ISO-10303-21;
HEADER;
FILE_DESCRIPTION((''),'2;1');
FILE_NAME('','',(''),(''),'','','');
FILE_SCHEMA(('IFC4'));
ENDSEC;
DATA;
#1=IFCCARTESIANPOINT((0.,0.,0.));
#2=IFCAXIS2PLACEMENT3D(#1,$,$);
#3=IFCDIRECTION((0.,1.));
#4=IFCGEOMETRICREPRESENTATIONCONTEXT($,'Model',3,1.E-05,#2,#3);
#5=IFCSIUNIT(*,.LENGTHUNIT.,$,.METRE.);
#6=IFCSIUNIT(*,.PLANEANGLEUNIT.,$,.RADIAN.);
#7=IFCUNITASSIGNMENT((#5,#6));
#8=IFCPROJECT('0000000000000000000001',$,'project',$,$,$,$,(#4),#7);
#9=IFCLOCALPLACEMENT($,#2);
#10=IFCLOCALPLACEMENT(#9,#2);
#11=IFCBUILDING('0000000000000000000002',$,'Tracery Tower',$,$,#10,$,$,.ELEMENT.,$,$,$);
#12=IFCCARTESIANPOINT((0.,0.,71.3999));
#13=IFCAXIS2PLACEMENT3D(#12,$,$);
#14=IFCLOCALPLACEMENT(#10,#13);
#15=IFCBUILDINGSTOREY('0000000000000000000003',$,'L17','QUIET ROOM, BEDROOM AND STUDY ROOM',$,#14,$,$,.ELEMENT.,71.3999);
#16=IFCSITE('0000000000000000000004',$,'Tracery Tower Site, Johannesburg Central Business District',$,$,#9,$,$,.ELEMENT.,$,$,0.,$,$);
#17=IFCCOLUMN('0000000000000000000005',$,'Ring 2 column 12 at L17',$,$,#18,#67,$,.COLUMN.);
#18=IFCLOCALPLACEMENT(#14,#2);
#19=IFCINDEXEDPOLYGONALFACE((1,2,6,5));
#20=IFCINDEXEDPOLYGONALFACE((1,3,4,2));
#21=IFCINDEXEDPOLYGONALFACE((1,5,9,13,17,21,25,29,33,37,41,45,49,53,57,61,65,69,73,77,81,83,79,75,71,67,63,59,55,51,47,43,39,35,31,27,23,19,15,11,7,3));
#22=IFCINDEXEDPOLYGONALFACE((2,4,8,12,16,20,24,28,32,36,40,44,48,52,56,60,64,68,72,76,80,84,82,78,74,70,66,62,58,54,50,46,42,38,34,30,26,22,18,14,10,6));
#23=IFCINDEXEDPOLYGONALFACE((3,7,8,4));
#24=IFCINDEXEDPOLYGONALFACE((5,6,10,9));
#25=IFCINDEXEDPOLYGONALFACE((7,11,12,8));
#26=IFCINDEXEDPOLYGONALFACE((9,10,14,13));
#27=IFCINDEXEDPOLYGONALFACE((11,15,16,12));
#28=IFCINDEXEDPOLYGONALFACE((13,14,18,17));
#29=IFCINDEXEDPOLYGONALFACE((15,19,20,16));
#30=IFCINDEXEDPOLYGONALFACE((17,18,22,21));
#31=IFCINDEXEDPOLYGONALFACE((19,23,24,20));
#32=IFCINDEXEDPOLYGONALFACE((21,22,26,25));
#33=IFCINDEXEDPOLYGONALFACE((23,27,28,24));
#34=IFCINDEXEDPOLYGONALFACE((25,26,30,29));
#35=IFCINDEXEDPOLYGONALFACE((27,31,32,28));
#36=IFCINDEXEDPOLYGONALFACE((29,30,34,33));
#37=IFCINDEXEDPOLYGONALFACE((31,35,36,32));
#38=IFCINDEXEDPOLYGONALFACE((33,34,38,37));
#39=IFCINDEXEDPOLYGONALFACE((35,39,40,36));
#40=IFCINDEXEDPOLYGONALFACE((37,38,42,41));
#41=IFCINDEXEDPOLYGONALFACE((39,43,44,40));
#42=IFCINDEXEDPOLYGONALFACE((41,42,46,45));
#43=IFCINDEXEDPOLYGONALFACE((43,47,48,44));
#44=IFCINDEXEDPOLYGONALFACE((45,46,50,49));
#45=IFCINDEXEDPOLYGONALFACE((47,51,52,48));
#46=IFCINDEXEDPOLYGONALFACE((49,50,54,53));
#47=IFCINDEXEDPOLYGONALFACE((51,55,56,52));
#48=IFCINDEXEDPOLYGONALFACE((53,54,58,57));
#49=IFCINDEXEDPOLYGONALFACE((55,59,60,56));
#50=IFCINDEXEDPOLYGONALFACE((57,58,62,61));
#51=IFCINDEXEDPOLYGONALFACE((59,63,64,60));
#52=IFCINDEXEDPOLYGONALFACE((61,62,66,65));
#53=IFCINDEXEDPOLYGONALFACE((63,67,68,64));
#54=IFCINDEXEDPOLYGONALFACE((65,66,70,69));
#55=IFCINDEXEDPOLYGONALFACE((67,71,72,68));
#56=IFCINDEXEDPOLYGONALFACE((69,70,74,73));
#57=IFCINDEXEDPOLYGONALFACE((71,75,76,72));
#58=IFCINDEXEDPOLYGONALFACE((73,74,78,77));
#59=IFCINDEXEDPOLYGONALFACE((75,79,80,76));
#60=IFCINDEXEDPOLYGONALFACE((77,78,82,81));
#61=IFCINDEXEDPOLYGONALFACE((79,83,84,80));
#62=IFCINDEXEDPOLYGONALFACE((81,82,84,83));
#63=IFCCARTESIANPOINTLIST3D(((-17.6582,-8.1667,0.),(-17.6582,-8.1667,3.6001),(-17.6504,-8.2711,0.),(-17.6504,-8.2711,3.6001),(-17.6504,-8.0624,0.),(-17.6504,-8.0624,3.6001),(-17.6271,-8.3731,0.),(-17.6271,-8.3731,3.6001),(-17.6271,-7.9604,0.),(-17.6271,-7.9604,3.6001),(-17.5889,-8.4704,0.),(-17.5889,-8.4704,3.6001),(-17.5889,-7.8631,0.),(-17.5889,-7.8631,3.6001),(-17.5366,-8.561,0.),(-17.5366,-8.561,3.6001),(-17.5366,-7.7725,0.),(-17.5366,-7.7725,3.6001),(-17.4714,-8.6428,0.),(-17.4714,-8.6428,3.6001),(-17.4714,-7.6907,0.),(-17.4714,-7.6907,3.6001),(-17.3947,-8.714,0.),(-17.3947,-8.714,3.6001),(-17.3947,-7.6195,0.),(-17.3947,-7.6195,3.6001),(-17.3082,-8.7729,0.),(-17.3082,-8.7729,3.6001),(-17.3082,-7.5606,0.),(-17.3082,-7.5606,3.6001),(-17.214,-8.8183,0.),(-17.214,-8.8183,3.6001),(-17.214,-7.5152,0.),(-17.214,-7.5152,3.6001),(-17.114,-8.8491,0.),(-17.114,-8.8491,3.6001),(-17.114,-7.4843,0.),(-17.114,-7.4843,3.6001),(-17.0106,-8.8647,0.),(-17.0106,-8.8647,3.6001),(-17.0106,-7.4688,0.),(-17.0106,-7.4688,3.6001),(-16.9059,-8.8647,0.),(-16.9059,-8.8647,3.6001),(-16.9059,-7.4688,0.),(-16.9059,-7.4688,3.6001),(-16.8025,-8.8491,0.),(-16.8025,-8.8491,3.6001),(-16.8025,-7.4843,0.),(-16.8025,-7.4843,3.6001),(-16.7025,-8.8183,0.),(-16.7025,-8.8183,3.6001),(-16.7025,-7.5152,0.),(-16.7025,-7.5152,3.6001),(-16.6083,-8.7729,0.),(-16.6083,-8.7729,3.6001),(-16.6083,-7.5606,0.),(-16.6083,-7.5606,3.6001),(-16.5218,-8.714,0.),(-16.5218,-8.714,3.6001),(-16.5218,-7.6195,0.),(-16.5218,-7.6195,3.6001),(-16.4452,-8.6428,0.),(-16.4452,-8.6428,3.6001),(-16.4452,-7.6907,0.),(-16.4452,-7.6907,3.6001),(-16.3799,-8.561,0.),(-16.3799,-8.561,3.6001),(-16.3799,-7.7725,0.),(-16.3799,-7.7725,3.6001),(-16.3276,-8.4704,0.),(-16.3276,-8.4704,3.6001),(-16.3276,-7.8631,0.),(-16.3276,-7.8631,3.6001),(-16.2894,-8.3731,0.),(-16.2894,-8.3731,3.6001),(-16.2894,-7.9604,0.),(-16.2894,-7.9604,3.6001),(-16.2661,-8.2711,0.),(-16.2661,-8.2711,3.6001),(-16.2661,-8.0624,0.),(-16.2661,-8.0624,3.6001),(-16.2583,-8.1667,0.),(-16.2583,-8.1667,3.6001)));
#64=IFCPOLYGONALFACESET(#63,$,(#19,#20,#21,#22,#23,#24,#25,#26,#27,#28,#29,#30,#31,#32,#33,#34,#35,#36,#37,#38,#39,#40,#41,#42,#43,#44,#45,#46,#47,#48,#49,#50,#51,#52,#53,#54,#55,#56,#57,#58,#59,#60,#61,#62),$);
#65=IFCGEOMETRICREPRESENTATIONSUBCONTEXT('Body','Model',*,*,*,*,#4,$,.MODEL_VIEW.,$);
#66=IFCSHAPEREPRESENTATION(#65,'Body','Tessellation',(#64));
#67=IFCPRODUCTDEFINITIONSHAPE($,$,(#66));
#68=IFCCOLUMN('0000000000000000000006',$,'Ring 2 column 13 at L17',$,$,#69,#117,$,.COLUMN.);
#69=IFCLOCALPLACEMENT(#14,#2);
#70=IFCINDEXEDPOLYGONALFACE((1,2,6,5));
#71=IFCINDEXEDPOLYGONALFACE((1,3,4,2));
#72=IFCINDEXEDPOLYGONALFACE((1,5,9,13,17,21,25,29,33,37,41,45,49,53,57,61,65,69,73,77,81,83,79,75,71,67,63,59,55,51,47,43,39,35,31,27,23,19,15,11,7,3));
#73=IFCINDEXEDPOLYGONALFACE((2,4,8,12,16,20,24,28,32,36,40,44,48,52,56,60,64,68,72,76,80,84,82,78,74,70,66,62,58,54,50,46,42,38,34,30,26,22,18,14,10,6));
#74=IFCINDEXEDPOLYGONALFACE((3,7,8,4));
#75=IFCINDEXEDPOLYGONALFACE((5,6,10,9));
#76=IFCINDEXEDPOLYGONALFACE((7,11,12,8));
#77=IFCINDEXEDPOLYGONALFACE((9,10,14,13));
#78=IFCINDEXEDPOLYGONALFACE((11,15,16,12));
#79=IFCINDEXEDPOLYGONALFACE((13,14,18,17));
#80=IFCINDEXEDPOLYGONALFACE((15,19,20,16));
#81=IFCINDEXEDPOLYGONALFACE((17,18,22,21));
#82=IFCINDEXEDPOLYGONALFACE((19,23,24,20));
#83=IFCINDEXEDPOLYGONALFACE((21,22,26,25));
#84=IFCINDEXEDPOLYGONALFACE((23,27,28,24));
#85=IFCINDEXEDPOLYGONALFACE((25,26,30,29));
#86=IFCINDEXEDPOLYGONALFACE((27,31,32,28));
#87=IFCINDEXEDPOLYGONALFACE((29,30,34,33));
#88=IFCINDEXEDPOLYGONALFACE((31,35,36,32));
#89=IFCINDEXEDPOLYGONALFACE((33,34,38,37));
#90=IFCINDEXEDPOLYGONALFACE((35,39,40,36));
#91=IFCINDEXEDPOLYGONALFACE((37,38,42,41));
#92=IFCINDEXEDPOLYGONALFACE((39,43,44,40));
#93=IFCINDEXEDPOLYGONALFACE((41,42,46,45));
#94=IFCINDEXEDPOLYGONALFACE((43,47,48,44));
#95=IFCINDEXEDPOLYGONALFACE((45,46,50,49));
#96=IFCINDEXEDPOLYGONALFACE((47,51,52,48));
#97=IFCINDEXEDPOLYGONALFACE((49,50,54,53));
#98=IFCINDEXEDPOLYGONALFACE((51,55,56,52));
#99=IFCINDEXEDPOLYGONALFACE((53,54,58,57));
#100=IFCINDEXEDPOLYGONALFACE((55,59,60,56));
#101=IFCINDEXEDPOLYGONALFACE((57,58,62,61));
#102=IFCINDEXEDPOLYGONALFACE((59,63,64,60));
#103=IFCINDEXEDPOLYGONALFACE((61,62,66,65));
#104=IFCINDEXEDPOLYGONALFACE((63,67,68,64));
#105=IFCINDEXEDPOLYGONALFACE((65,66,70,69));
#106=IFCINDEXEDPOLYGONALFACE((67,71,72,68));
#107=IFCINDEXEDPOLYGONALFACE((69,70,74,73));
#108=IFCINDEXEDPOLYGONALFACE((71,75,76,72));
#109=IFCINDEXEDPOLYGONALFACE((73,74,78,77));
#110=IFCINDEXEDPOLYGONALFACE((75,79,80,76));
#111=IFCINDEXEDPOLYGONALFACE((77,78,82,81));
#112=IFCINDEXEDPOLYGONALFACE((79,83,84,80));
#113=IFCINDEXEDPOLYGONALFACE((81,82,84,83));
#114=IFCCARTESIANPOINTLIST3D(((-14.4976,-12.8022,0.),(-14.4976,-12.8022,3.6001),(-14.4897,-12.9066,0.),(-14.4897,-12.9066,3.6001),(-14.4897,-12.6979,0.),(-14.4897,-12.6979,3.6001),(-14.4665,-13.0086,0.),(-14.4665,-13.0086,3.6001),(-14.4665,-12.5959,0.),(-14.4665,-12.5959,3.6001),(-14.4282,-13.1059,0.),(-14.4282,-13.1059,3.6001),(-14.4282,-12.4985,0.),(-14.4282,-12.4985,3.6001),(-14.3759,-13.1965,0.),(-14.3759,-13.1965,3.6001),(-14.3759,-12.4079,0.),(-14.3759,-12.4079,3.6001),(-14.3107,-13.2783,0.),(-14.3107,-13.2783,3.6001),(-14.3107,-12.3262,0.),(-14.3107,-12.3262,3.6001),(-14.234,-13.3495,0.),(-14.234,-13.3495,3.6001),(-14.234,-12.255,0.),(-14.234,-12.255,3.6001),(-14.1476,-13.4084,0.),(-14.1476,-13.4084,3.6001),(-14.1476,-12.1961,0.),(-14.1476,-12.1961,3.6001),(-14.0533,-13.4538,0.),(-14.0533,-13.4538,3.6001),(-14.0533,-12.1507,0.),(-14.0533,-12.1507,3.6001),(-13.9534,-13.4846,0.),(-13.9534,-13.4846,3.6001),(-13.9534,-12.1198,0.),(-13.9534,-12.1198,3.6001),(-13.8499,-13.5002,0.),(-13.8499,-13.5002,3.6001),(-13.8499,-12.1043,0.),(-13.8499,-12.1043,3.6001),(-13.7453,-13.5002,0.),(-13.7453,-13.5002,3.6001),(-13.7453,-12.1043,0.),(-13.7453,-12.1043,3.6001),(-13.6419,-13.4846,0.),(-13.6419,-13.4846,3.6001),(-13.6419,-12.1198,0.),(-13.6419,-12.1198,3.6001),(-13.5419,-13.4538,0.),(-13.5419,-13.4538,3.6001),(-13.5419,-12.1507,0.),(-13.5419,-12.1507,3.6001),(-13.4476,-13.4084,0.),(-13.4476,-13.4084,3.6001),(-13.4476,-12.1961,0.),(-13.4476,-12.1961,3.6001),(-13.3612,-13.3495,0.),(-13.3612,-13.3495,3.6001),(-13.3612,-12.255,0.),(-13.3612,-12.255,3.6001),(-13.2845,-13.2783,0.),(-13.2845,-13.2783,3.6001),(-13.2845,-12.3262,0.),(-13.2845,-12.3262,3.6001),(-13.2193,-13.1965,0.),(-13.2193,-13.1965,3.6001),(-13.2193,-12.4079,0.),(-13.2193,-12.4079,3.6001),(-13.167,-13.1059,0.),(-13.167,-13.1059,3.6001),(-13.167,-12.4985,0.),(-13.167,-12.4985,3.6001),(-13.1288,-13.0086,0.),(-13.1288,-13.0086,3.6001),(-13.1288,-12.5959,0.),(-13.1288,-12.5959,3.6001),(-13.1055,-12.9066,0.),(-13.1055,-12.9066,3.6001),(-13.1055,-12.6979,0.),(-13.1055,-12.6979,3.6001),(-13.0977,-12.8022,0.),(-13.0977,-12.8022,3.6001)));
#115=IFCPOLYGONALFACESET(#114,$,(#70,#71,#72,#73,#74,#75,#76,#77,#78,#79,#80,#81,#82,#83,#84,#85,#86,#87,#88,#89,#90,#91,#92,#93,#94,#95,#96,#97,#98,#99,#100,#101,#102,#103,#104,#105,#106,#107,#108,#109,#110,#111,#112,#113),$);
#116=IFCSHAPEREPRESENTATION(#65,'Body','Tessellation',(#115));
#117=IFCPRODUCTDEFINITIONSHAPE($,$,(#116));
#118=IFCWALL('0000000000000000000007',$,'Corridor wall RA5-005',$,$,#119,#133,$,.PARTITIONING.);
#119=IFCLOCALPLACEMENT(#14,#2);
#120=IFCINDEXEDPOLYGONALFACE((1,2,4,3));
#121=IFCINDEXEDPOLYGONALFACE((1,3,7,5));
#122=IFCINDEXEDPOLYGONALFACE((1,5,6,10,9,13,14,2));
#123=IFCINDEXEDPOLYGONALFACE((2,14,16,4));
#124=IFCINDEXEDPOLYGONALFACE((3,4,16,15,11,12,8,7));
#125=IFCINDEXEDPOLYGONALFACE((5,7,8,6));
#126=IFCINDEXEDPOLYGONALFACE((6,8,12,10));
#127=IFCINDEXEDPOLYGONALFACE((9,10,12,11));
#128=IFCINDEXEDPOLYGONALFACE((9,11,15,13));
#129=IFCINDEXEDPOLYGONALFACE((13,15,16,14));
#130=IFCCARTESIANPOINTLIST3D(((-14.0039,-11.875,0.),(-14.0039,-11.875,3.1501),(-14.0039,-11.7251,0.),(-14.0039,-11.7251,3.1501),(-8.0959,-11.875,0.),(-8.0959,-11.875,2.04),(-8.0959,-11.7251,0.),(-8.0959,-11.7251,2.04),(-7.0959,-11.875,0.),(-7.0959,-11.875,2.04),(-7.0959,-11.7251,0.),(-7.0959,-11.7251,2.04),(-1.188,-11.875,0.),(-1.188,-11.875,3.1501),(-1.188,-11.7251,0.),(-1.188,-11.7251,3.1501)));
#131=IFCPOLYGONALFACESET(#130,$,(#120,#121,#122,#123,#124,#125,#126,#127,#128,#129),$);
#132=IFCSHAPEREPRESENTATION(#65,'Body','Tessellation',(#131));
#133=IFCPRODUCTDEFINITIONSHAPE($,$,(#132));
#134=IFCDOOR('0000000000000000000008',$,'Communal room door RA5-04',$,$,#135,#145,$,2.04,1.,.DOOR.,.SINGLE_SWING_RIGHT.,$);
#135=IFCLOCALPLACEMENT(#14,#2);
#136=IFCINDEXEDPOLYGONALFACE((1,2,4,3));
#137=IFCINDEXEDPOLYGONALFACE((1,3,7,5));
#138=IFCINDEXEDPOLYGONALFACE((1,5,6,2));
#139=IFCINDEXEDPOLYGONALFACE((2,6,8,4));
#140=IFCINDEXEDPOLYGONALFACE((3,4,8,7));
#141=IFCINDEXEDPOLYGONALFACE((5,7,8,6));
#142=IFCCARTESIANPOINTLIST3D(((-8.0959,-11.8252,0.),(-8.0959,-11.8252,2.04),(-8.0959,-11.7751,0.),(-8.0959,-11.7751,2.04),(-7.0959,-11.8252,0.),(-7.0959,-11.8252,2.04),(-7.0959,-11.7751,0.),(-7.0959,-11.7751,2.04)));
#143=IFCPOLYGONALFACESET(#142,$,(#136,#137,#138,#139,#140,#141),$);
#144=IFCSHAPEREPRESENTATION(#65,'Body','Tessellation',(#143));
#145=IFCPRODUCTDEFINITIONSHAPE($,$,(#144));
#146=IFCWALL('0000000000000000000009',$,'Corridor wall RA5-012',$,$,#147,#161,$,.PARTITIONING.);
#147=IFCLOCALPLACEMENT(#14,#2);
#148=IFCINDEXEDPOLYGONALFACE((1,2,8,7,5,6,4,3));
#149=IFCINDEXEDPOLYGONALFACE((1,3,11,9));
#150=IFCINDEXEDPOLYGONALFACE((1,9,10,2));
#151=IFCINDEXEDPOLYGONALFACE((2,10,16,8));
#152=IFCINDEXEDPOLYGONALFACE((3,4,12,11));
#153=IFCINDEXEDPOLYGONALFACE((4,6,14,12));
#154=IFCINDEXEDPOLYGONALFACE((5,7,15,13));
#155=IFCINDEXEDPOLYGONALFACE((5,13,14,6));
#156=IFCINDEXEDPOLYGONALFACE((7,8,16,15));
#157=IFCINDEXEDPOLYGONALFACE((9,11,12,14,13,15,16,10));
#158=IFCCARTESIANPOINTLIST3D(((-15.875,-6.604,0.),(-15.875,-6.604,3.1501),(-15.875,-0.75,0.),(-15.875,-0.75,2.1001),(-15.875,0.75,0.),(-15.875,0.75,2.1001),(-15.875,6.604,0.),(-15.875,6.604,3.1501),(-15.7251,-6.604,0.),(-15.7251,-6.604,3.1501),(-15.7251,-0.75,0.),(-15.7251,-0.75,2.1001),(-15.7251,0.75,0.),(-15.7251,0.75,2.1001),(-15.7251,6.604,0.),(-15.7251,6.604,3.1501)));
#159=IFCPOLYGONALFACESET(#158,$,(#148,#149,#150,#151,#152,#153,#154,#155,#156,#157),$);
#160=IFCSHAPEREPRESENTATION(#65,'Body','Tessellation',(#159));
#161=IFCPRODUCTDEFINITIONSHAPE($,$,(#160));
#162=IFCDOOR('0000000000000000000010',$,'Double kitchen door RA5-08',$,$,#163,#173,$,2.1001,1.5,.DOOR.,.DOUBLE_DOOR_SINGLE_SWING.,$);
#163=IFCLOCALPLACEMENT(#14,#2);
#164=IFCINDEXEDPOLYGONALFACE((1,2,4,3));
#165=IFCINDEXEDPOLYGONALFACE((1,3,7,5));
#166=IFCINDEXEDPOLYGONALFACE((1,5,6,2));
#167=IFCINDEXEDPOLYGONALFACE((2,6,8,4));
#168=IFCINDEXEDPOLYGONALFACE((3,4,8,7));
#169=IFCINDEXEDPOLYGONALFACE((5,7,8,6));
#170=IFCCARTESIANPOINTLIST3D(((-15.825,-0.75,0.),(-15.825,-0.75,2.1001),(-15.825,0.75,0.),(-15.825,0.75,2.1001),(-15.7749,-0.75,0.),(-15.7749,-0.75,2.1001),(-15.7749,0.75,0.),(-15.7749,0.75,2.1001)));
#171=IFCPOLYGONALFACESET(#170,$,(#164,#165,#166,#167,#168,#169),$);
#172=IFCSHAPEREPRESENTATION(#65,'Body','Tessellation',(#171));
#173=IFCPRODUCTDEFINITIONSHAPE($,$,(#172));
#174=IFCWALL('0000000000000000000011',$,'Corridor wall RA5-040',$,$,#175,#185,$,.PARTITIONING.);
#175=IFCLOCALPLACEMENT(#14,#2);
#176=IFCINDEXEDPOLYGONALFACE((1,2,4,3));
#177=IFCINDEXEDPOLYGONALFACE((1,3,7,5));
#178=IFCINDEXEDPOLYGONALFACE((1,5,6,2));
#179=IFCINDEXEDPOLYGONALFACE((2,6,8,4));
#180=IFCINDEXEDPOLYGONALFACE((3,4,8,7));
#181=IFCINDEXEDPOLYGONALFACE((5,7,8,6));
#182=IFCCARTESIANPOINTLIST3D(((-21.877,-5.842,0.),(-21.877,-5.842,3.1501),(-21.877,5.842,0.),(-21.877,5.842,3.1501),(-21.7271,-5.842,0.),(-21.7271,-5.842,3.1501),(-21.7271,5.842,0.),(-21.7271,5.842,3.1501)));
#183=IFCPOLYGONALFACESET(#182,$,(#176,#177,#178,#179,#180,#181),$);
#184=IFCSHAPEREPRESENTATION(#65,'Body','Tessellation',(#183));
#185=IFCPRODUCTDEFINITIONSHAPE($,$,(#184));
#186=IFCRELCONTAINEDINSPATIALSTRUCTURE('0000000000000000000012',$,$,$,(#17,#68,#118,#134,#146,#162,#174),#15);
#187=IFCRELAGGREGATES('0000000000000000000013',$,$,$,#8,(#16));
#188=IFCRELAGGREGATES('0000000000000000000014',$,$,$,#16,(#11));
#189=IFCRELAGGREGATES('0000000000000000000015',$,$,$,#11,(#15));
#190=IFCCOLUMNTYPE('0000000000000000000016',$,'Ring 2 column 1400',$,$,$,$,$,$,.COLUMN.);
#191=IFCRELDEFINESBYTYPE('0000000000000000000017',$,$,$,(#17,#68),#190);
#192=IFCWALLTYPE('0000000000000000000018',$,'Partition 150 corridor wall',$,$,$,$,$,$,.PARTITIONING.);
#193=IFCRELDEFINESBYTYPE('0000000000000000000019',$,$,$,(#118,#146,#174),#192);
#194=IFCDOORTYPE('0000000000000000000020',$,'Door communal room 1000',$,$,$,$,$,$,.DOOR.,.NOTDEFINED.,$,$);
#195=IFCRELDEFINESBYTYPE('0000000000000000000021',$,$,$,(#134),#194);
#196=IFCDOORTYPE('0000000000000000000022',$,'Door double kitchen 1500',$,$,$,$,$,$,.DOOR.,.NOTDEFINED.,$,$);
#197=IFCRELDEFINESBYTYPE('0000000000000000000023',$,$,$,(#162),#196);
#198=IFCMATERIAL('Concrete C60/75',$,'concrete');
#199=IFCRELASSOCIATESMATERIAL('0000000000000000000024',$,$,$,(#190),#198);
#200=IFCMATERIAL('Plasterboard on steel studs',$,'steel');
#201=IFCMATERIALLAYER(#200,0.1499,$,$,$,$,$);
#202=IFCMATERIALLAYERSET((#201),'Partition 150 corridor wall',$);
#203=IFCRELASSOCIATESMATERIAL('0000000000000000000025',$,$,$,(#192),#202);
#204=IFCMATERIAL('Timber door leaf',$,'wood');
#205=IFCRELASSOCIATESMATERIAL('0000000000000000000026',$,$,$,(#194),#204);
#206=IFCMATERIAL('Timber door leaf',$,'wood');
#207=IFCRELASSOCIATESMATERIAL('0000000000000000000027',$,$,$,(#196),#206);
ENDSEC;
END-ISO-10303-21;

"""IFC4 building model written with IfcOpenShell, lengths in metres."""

from ifc_helpers import new_model, si_unit, direction, frame, frame_2d, origin, origin_2d, place, context, subcontext, project, spatial, rectangle, circle, extrude, material, layer, layer_set, material_profile, profile_set, type_object, element, fill, save


model = new_model("IFC4")

# Units and contexts
model_context = context("Model", 3, precision=1e-05, world=origin(), true_north=direction((0.0, 1.0)))
body_context = subcontext(model_context, "Body", "Model", "MODEL_VIEW")
ifc_project = project(units=[si_unit("LENGTHUNIT", "METRE"), si_unit("PLANEANGLEUNIT", "RADIAN")], contexts=[model_context])

# Site, building, storey
site_placement = place(None, origin())
site = spatial("IfcSite", under=ifc_project, at=site_placement, Name="Tracery Tower Site, Johannesburg Central Business District", CompositionType="ELEMENT", RefElevation=0.0)
building_placement = place(site_placement, origin())
building = spatial("IfcBuilding", under=site, at=building_placement, Name="Tracery Tower", CompositionType="ELEMENT")
storey_placement = place(building_placement, frame((0.0, 0.0, 71.3999)))
storey = spatial("IfcBuildingStorey", under=building, at=storey_placement, Name="L17", Description="QUIET ROOM, BEDROOM AND STUDY ROOM", CompositionType="ELEMENT", Elevation=71.3999)

# Columns
ifc_material_1 = material(Name="Concrete C60/75", Category="concrete")
ifc_material_profile_1 = material_profile(ifc_material_1, circle(Radius=0.7, at=origin_2d()), Name="RC D1400")
ifc_profile_set_1 = profile_set([ifc_material_profile_1], Name="Concrete C60/75")
column_type_1 = type_object("IfcColumnType", Name="Ring 2 column 1400", PredefinedType="COLUMN", material=ifc_profile_set_1)
for number, where, z_axis, x_axis, name in (
    (1, (-16.9583, -8.1667, 0.0), (0.0, 0.0, 1.0), (1.0, 0.0, 0.0), "Ring 2 column 12 at L17"),
    (2, (-13.7976, -12.8022, 0.0), (0.0, 0.0, 1.0), (1.0, 0.0, 0.0), "Ring 2 column 13 at L17"),
):
    element("IfcColumn", number, at=place(storey_placement, frame(where, z_axis=z_axis, x_axis=x_axis)), inside=storey, type_object=column_type_1, Name=name, PredefinedType="COLUMN", context=body_context, shape_type="SweptSolid", body=[
        extrude(circle(Radius=0.7, at=origin_2d()), origin(), (0.0, 0.0, 1.0), 3.6001),
    ])

# Walls, openings, doors
ifc_material_2 = material(Name="Plasterboard on steel studs", Category="steel")
ifc_layer_1 = layer(ifc_material_2, 0.1499)
ifc_layer_set_1 = layer_set([ifc_layer_1], Name="Partition 150 corridor wall")
wall_type_1 = type_object("IfcWallType", Name="Partition 150 corridor wall", PredefinedType="PARTITIONING", material=ifc_layer_set_1)
wall_1_placement = place(storey_placement, frame((-14.0039, -11.8, 0.0), z_axis=(0.0, 0.0, 1.0), x_axis=(1.0, 0.0, 0.0)))
wall_1 = element("IfcWall", 3, at=wall_1_placement, inside=storey, type_object=wall_type_1, Name="Corridor wall RA5-005", PredefinedType="PARTITIONING", context=body_context, shape_type="SweptSolid", body=[
    extrude(rectangle(XDim=12.8159, YDim=0.1499, at=frame_2d((6.408, 0.0))), origin(), (0.0, 0.0, 1.0), 3.1501),
])
opening_1_placement = place(wall_1_placement, frame((5.908, 0.0, 0.0)))
opening_1 = element("IfcOpeningElement", 4, at=opening_1_placement, cuts=wall_1, PredefinedType="OPENING", context=body_context, shape_type="SweptSolid", body=[
    extrude(rectangle(XDim=1.0, YDim=2.04, at=frame_2d((0.5, 1.02))), frame((0.0, 0.075, 0.0), z_axis=(0.0, -1.0, 0.0), x_axis=(1.0, 0.0, 0.0)), (0.0, 0.0, 1.0), 0.1499),
])
ifc_material_3 = material(Name="Timber door leaf", Category="wood")
door_type_1 = type_object("IfcDoorType", Name="Door communal room 1000", OperationType="NOTDEFINED", PredefinedType="DOOR", material=ifc_material_3)
door_1_placement = place(opening_1_placement, origin())
door_1 = element("IfcDoor", 5, at=door_1_placement, inside=storey, type_object=door_type_1, Name="Communal room door RA5-04", OperationType="SINGLE_SWING_RIGHT", OverallHeight=2.04, OverallWidth=1.0, PredefinedType="DOOR", context=body_context, shape_type="SweptSolid", body=[
    extrude(rectangle(XDim=1.0, YDim=2.04, at=frame_2d((0.5, 1.02))), frame((0.0, 0.0249, 0.0), z_axis=(0.0, -1.0, 0.0), x_axis=(1.0, 0.0, 0.0)), (0.0, 0.0, 1.0), 0.05),
])
fill(opening_1, door_1)
wall_2_placement = place(storey_placement, frame((-15.8, -6.604, 0.0), z_axis=(0.0, 0.0, 1.0), x_axis=(0.0, 1.0, 0.0)))
wall_2 = element("IfcWall", 6, at=wall_2_placement, inside=storey, type_object=wall_type_1, Name="Corridor wall RA5-012", PredefinedType="PARTITIONING", context=body_context, shape_type="SweptSolid", body=[
    extrude(rectangle(XDim=13.208, YDim=0.1499, at=frame_2d((6.604, 0.0))), origin(), (0.0, 0.0, 1.0), 3.1501),
])
opening_2_placement = place(wall_2_placement, frame((5.854, 0.0, 0.0)))
opening_2 = element("IfcOpeningElement", 7, at=opening_2_placement, cuts=wall_2, PredefinedType="OPENING", context=body_context, shape_type="SweptSolid", body=[
    extrude(rectangle(XDim=1.5, YDim=2.1001, at=frame_2d((0.75, 1.05))), frame((0.0, 0.075, 0.0), z_axis=(0.0, -1.0, 0.0), x_axis=(1.0, 0.0, 0.0)), (0.0, 0.0, 1.0), 0.1499),
])
ifc_material_4 = material(Name="Timber door leaf", Category="wood")
door_type_2 = type_object("IfcDoorType", Name="Door double kitchen 1500", OperationType="NOTDEFINED", PredefinedType="DOOR", material=ifc_material_4)
door_2_placement = place(opening_2_placement, origin())
door_2 = element("IfcDoor", 8, at=door_2_placement, inside=storey, type_object=door_type_2, Name="Double kitchen door RA5-08", OperationType="DOUBLE_DOOR_SINGLE_SWING", OverallHeight=2.1001, OverallWidth=1.5, PredefinedType="DOOR", context=body_context, shape_type="SweptSolid", body=[
    extrude(rectangle(XDim=1.5, YDim=2.1001, at=frame_2d((0.75, 1.05))), frame((0.0, 0.0249, 0.0), z_axis=(0.0, -1.0, 0.0), x_axis=(1.0, 0.0, 0.0)), (0.0, 0.0, 1.0), 0.05),
])
fill(opening_2, door_2)

# Wall
wall_3_placement = place(storey_placement, frame((-21.802, -5.842, 0.0), z_axis=(0.0, 0.0, 1.0), x_axis=(0.0, 1.0, 0.0)))
element("IfcWall", 9, at=wall_3_placement, inside=storey, type_object=wall_type_1, Name="Corridor wall RA5-040", PredefinedType="PARTITIONING", context=body_context, shape_type="SweptSolid", body=[
    extrude(rectangle(XDim=11.6841, YDim=0.1499, at=frame_2d((5.842, 0.0))), origin(), (0.0, 0.0, 1.0), 3.1501),
])

save(model, "model.ifc")
